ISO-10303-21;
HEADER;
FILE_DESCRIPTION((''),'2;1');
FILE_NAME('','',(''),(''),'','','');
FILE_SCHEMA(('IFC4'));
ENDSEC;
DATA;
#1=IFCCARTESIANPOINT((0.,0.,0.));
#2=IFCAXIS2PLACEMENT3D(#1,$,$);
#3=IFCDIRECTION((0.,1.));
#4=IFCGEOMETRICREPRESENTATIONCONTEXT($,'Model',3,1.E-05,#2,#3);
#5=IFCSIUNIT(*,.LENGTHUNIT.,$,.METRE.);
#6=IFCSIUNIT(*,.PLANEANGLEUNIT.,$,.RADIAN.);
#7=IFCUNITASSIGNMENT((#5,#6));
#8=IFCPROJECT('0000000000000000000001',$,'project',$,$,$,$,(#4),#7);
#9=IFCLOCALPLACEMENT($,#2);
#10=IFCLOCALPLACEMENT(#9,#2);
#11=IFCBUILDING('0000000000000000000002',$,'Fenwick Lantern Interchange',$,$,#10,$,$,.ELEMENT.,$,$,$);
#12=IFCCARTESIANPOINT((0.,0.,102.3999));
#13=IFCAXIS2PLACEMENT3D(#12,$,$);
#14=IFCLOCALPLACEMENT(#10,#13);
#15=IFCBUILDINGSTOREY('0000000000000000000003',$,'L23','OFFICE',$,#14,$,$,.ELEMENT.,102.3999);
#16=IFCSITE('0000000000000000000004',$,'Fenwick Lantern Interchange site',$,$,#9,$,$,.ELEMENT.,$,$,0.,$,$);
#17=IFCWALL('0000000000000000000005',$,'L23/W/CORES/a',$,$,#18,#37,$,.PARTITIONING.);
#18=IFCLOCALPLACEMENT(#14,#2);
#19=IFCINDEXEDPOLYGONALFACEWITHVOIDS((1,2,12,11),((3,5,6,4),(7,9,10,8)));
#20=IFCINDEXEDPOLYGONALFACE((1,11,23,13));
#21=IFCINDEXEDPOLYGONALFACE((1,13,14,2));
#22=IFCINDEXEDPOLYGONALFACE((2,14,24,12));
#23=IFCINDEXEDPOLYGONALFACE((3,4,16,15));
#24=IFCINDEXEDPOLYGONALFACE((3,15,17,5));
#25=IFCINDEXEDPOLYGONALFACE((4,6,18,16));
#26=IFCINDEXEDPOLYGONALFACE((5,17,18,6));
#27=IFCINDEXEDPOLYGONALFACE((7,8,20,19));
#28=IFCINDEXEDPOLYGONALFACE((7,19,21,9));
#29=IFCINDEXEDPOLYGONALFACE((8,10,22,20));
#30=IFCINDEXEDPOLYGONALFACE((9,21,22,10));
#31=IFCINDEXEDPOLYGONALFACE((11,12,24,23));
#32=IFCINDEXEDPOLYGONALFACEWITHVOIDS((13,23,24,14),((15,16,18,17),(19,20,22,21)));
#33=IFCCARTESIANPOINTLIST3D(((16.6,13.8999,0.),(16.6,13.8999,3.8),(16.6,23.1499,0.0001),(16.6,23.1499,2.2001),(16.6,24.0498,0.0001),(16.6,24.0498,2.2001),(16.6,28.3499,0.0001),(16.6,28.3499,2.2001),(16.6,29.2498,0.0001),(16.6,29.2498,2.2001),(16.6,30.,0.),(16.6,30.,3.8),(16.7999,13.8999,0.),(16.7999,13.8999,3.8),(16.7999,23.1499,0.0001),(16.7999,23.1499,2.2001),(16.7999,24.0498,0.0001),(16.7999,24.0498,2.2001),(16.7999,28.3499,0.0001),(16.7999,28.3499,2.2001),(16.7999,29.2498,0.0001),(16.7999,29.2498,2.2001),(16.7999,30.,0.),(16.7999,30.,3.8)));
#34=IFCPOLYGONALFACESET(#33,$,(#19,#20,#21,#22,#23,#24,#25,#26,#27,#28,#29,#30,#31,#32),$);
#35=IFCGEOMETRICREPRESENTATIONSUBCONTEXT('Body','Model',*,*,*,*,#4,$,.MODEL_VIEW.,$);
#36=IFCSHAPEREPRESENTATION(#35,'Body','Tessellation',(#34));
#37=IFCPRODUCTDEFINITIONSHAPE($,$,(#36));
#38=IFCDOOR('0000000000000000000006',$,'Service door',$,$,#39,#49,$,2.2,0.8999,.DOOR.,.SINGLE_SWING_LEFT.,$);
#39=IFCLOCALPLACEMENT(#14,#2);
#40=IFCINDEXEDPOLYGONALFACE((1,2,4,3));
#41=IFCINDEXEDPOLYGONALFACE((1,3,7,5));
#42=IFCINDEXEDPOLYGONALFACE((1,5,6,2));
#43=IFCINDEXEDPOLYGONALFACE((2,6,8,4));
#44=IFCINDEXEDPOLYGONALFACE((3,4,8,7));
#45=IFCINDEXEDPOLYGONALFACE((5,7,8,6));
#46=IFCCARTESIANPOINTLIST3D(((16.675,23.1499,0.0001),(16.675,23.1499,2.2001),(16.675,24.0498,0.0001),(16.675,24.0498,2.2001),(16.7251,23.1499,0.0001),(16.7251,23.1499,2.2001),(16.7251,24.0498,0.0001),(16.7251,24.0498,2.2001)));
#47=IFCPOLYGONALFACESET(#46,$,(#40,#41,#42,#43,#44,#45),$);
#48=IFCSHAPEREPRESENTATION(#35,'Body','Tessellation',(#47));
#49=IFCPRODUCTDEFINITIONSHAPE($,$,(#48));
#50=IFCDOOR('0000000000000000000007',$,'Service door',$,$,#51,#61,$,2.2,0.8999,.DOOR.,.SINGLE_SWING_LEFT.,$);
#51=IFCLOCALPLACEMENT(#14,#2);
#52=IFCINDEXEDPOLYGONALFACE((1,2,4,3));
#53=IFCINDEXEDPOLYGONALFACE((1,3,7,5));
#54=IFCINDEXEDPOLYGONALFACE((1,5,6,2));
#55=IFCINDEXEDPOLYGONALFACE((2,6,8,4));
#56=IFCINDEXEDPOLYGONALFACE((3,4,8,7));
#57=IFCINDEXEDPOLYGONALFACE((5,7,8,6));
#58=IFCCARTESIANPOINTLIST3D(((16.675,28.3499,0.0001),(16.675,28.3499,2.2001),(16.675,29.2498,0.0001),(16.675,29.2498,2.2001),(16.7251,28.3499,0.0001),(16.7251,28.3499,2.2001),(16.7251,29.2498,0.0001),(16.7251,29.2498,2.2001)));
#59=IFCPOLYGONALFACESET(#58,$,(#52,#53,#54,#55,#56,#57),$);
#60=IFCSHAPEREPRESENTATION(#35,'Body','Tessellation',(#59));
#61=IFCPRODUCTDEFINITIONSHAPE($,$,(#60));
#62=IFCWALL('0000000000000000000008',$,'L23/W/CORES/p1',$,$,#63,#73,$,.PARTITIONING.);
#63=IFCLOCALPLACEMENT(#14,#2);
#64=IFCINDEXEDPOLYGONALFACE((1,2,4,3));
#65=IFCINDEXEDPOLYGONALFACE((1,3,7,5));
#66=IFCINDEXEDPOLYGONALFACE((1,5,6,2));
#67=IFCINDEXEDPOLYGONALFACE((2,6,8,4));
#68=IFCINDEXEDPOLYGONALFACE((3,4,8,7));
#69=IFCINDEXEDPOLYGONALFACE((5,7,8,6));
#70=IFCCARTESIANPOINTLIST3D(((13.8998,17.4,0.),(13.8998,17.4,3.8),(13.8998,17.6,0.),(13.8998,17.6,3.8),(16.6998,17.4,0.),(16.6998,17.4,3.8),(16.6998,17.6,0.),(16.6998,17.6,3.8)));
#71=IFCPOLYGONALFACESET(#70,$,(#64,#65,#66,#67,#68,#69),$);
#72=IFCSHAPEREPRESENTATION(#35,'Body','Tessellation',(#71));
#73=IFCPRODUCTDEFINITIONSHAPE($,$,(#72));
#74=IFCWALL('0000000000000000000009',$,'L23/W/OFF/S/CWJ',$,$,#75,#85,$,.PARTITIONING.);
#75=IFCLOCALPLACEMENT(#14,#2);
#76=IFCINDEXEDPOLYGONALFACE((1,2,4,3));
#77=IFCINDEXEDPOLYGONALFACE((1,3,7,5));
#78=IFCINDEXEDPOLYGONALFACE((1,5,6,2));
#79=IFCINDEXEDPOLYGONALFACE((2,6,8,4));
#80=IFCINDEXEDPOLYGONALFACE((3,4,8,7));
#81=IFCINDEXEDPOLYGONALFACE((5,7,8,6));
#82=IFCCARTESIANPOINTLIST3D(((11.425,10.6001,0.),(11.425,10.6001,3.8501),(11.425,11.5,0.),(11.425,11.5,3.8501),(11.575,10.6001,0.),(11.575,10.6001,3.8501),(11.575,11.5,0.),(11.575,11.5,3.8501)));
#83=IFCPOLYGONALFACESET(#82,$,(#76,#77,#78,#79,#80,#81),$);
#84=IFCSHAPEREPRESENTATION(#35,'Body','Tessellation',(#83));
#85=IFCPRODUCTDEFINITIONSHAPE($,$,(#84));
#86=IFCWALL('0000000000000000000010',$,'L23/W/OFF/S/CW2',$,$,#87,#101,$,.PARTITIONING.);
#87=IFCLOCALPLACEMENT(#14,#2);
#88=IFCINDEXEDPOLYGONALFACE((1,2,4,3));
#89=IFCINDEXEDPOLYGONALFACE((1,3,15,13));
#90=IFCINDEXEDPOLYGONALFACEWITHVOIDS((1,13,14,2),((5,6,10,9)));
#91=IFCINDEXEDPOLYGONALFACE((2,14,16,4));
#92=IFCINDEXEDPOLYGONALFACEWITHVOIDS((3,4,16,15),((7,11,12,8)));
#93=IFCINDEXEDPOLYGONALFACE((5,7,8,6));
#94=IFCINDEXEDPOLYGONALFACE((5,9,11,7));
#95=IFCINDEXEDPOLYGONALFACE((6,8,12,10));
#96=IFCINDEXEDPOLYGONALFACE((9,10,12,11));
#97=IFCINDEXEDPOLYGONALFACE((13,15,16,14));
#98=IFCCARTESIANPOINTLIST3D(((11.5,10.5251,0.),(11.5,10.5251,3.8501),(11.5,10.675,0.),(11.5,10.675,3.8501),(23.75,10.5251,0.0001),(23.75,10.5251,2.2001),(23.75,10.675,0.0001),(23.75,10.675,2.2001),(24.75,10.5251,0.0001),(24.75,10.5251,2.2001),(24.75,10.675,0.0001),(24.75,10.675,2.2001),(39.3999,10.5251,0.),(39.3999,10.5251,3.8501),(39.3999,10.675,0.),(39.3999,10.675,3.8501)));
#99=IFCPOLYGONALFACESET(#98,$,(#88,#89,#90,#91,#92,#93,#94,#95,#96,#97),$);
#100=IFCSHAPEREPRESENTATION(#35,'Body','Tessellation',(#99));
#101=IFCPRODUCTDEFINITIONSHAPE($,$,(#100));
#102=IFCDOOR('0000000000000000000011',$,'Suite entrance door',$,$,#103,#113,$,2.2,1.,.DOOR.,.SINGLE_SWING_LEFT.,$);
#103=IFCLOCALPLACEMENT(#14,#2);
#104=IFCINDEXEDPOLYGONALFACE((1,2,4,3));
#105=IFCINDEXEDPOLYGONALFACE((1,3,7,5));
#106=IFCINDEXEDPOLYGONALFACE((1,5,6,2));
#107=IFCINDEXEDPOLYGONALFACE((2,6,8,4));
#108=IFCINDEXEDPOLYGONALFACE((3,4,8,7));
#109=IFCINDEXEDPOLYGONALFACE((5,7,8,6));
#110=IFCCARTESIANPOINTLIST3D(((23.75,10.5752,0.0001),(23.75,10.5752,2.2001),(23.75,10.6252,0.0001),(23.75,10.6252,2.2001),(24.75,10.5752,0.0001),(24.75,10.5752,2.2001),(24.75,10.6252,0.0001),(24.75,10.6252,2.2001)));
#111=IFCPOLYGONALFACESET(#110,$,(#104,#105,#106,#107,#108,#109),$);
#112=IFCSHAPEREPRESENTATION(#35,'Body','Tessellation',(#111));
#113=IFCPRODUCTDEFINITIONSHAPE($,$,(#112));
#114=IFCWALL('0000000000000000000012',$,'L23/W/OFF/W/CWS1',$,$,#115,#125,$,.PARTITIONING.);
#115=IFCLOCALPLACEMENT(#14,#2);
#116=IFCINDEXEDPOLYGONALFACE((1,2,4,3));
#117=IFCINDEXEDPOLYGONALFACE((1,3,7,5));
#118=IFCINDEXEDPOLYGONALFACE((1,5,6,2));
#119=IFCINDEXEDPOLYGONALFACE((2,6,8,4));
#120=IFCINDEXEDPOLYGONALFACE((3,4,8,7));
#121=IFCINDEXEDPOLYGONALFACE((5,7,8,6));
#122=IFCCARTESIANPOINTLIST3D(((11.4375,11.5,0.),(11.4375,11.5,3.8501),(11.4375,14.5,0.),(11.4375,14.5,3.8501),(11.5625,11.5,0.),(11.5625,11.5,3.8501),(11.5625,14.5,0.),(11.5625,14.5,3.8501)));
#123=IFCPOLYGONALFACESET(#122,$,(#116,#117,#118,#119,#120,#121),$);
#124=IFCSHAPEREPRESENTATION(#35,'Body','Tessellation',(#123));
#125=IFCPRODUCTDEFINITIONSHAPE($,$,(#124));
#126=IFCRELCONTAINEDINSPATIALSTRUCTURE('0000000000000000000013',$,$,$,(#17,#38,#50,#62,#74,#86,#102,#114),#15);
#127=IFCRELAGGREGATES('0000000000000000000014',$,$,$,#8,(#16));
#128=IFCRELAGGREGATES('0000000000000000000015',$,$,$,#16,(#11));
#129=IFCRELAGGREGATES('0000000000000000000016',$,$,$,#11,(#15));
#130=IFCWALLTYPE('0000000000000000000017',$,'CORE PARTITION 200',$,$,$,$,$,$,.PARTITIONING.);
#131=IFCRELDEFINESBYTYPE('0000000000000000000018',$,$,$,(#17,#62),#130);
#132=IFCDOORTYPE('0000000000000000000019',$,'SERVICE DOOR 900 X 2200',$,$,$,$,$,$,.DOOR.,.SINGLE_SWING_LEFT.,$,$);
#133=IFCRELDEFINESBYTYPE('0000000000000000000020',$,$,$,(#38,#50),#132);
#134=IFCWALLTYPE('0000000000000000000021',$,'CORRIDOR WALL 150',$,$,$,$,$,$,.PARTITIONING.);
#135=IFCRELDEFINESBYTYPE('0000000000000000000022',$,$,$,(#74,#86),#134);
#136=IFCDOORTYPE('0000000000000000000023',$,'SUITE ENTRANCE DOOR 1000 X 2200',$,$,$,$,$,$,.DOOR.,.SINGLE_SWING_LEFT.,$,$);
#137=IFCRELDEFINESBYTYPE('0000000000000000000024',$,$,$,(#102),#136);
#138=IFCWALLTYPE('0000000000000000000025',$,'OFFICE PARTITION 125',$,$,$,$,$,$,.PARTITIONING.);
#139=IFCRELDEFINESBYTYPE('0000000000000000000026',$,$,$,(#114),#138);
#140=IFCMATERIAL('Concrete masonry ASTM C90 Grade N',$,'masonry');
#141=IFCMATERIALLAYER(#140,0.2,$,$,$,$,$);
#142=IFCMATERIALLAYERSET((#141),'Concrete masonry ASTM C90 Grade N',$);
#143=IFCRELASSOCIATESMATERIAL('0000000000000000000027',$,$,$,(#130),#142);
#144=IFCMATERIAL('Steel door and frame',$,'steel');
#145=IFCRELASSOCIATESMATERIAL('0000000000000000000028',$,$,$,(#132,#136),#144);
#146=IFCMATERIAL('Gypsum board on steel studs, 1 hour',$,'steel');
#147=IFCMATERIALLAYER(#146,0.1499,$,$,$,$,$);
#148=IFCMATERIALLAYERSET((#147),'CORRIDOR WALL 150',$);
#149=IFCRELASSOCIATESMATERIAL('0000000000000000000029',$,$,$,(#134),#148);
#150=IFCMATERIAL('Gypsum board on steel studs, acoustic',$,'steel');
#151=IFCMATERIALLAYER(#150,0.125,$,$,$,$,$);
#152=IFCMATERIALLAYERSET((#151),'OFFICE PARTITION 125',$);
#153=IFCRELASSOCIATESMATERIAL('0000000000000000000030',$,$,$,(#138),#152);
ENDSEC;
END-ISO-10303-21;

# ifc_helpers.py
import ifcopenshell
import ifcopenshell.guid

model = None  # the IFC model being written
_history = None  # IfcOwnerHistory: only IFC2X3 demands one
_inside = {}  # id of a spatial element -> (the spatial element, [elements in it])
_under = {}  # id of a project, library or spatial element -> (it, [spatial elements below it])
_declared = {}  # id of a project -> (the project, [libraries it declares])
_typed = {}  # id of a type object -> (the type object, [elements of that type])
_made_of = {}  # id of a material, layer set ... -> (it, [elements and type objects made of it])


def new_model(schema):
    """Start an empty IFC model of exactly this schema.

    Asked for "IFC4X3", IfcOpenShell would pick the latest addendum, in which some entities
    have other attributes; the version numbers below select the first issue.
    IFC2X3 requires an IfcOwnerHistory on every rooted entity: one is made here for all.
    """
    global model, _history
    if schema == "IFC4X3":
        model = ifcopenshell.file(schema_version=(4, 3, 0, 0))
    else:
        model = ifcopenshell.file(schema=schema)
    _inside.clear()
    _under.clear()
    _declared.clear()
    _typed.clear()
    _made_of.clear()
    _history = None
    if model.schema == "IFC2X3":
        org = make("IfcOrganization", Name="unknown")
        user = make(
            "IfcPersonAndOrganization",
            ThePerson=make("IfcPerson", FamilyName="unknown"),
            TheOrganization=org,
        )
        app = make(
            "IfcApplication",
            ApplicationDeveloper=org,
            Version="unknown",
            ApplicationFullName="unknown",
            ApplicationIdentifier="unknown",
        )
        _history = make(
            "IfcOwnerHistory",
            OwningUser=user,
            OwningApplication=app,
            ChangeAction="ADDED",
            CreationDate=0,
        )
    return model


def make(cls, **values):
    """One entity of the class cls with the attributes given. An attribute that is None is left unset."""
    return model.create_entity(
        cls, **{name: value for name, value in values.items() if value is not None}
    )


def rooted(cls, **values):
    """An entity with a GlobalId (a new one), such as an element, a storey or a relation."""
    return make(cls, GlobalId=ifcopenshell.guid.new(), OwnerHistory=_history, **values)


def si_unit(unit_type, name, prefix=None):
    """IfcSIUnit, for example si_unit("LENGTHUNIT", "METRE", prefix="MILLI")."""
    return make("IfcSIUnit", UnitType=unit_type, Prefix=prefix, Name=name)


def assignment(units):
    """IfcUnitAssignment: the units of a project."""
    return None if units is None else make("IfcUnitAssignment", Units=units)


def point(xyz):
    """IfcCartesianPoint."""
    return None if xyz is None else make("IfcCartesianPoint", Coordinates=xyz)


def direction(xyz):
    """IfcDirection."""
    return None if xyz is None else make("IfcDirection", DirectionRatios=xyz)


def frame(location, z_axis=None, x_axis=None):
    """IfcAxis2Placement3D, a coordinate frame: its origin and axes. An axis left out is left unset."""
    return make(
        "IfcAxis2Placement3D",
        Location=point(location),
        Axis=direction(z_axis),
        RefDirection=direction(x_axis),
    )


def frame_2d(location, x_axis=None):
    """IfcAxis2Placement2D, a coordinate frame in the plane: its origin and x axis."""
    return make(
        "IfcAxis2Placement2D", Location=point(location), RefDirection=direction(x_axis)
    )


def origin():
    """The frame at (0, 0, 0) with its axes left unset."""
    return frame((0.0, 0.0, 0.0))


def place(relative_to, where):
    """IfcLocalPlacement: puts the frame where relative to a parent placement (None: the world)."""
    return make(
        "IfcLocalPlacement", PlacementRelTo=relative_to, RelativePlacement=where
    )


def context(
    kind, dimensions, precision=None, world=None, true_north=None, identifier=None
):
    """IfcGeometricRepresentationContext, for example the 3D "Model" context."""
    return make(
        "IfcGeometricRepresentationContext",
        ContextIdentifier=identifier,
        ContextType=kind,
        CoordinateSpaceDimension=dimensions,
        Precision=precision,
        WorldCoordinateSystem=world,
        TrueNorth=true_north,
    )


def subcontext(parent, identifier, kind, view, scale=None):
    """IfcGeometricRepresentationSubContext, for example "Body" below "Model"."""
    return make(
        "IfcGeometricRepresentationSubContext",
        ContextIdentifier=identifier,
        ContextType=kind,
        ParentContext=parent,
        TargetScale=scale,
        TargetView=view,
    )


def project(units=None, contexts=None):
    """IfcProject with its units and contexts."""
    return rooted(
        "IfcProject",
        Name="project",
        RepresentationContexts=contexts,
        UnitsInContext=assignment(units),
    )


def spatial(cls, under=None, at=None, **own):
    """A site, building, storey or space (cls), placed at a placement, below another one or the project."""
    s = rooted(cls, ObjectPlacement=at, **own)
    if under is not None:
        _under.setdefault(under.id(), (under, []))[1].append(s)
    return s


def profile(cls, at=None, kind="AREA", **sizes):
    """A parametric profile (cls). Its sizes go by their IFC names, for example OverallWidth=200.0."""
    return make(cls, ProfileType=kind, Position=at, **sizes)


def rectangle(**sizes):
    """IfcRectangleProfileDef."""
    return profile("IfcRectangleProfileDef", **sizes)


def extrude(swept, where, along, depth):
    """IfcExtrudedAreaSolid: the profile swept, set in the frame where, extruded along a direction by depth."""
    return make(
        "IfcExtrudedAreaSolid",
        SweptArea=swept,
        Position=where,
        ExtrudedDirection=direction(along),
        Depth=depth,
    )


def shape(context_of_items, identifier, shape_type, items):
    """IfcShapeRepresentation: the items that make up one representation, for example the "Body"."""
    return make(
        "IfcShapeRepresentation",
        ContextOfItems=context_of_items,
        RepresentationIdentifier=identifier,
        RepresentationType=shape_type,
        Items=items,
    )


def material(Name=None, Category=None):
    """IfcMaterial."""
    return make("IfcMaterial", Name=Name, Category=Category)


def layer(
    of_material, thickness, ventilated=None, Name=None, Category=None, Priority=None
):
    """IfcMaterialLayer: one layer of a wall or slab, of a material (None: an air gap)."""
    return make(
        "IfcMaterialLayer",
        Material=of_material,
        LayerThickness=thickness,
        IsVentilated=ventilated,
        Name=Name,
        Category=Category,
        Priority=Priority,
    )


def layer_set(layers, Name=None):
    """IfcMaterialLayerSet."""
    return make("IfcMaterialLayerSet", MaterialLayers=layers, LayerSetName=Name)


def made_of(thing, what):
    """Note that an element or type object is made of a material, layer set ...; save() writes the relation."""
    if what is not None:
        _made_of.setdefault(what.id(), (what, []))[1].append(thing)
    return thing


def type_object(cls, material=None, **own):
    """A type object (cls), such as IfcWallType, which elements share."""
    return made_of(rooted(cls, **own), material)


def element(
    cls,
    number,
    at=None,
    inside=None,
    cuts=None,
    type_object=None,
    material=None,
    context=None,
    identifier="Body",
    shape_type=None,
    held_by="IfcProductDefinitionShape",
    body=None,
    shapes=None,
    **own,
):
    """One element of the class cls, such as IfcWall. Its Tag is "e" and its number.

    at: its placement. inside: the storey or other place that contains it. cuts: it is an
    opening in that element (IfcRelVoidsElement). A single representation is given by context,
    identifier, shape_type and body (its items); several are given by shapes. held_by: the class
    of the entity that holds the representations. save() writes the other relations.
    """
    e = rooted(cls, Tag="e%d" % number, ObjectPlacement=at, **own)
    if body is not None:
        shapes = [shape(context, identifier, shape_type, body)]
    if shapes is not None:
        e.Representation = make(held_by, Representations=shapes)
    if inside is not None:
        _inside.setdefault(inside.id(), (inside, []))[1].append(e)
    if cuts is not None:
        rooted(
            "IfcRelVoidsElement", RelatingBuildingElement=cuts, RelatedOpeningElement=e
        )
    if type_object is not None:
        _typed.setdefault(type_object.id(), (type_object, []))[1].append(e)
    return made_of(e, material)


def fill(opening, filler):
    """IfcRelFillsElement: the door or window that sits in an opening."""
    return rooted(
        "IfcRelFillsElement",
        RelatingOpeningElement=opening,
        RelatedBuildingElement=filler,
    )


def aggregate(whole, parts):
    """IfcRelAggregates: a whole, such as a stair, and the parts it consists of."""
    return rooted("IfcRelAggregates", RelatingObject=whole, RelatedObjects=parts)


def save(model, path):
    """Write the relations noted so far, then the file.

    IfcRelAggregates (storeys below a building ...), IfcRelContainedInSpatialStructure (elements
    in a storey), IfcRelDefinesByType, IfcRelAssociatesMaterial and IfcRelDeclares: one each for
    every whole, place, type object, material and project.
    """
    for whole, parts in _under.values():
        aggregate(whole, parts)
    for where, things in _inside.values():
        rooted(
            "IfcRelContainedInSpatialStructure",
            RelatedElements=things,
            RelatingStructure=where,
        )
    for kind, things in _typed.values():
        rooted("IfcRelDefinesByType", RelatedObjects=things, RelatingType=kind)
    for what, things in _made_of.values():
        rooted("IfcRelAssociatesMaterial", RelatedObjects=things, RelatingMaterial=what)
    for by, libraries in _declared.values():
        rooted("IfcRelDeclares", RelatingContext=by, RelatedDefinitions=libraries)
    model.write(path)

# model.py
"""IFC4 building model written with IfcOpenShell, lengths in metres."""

from ifc_helpers import new_model, si_unit, direction, frame, frame_2d, origin, place, context, subcontext, project, spatial, rectangle, extrude, material, layer, layer_set, type_object, element, fill, save


model = new_model("IFC4")

# Units and contexts
model_context = context("Model", 3, precision=1e-05, world=origin(), true_north=direction((0.0, 1.0)))
body_context = subcontext(model_context, "Body", "Model", "MODEL_VIEW")
ifc_project = project(units=[si_unit("LENGTHUNIT", "METRE"), si_unit("PLANEANGLEUNIT", "RADIAN")], contexts=[model_context])

# Site, building, storey
site_placement = place(None, origin())
site = spatial("IfcSite", under=ifc_project, at=site_placement, Name="Fenwick Lantern Interchange site", CompositionType="ELEMENT", RefElevation=0.0)
building_placement = place(site_placement, origin())
building = spatial("IfcBuilding", under=site, at=building_placement, Name="Fenwick Lantern Interchange", CompositionType="ELEMENT")
storey_placement = place(building_placement, frame((0.0, 0.0, 102.3999)))
storey = spatial("IfcBuildingStorey", under=building, at=storey_placement, Name="L23", Description="OFFICE", CompositionType="ELEMENT", Elevation=102.3999)

# Wall, openings, doors
ifc_material_1 = material(Name="Concrete masonry ASTM C90 Grade N", Category="masonry")
ifc_layer_1 = layer(ifc_material_1, 0.2)
ifc_layer_set_1 = layer_set([ifc_layer_1], Name="Concrete masonry ASTM C90 Grade N")
wall_type_1 = type_object("IfcWallType", Name="CORE PARTITION 200", PredefinedType="PARTITIONING", material=ifc_layer_set_1)
wall_1_placement = place(storey_placement, frame((16.7, 13.8999, 0.0), z_axis=(0.0, 0.0, 1.0), x_axis=(0.0, 1.0, 0.0)))
wall_1 = element("IfcWall", 1, at=wall_1_placement, inside=storey, type_object=wall_type_1, Name="L23/W/CORES/a", PredefinedType="PARTITIONING", context=body_context, shape_type="SweptSolid", body=[
    extrude(rectangle(XDim=16.1001, YDim=0.2, at=frame_2d((8.05, 0.0))), origin(), (0.0, 0.0, 1.0), 3.8),
])
opening_1_placement = place(wall_1_placement, frame((9.25, 0.0, 0.0)))
opening_1 = element("IfcOpeningElement", 2, at=opening_1_placement, cuts=wall_1, PredefinedType="OPENING", context=body_context, shape_type="SweptSolid", body=[
    extrude(rectangle(XDim=0.8999, YDim=2.2, at=frame_2d((0.45, 1.1001))), frame((0.0, 0.1099, 0.0), z_axis=(0.0, -1.0, 0.0), x_axis=(1.0, 0.0, 0.0)), (0.0, 0.0, 1.0), 0.22),
])
opening_2_placement = place(wall_1_placement, frame((14.45, 0.0, 0.0)))
opening_2 = element("IfcOpeningElement", 3, at=opening_2_placement, cuts=wall_1, PredefinedType="OPENING", context=body_context, shape_type="SweptSolid", body=[
    extrude(rectangle(XDim=0.8999, YDim=2.2, at=frame_2d((0.45, 1.1001))), frame((0.0, 0.1099, 0.0), z_axis=(0.0, -1.0, 0.0), x_axis=(1.0, 0.0, 0.0)), (0.0, 0.0, 1.0), 0.22),
])
ifc_material_2 = material(Name="Steel door and frame", Category="steel")
door_type_1 = type_object("IfcDoorType", Name="SERVICE DOOR 900 X 2200", OperationType="SINGLE_SWING_LEFT", PredefinedType="DOOR", material=ifc_material_2)
door_1_placement = place(opening_1_placement, origin())
door_1 = element("IfcDoor", 4, at=door_1_placement, inside=storey, type_object=door_type_1, Name="Service door", OperationType="SINGLE_SWING_LEFT", OverallHeight=2.2, OverallWidth=0.8999, PredefinedType="DOOR", context=body_context, shape_type="SweptSolid", body=[
    extrude(rectangle(XDim=0.8999, YDim=2.2, at=frame_2d((0.45, 1.1001))), frame((0.0, 0.0249, 0.0), z_axis=(0.0, -1.0, 0.0), x_axis=(1.0, 0.0, 0.0)), (0.0, 0.0, 1.0), 0.05),
])
fill(opening_1, door_1)
door_2_placement = place(opening_2_placement, origin())
door_2 = element("IfcDoor", 5, at=door_2_placement, inside=storey, type_object=door_type_1, Name="Service door", OperationType="SINGLE_SWING_LEFT", OverallHeight=2.2, OverallWidth=0.8999, PredefinedType="DOOR", context=body_context, shape_type="SweptSolid", body=[
    extrude(rectangle(XDim=0.8999, YDim=2.2, at=frame_2d((0.45, 1.1001))), frame((0.0, 0.0249, 0.0), z_axis=(0.0, -1.0, 0.0), x_axis=(1.0, 0.0, 0.0)), (0.0, 0.0, 1.0), 0.05),
])
fill(opening_2, door_2)

# Wall
wall_2_placement = place(storey_placement, frame((13.8999, 17.5, 0.0), z_axis=(0.0, 0.0, 1.0), x_axis=(1.0, 0.0, 0.0)))
element("IfcWall", 6, at=wall_2_placement, inside=storey, type_object=wall_type_1, Name="L23/W/CORES/p1", PredefinedType="PARTITIONING", context=body_context, shape_type="SweptSolid", body=[
    extrude(rectangle(XDim=2.8, YDim=0.2, at=frame_2d((1.3999, 0.0))), origin(), (0.0, 0.0, 1.0), 3.8),
])

# Wall
ifc_material_3 = material(Name="Gypsum board on steel studs, 1 hour", Category="steel")
ifc_layer_2 = layer(ifc_material_3, 0.1499)
ifc_layer_set_2 = layer_set([ifc_layer_2], Name="CORRIDOR WALL 150")
wall_type_2 = type_object("IfcWallType", Name="CORRIDOR WALL 150", PredefinedType="PARTITIONING", material=ifc_layer_set_2)
wall_3_placement = place(storey_placement, frame((11.5, 11.5, 0.0), z_axis=(0.0, 0.0, 1.0), x_axis=(0.0, -1.0, 0.0)))
element("IfcWall", 7, at=wall_3_placement, inside=storey, type_object=wall_type_2, Name="L23/W/OFF/S/CWJ", PredefinedType="PARTITIONING", context=body_context, shape_type="SweptSolid", body=[
    extrude(rectangle(XDim=0.8999, YDim=0.1499, at=frame_2d((0.45, 0.0))), origin(), (0.0, 0.0, 1.0), 3.8501),
])

# Wall, opening, door
wall_4_placement = place(storey_placement, frame((11.5, 10.6001, 0.0), z_axis=(0.0, 0.0, 1.0), x_axis=(1.0, 0.0, 0.0)))
wall_4 = element("IfcWall", 8, at=wall_4_placement, inside=storey, type_object=wall_type_2, Name="L23/W/OFF/S/CW2", PredefinedType="PARTITIONING", context=body_context, shape_type="SweptSolid", body=[
    extrude(rectangle(XDim=27.8999, YDim=0.1499, at=frame_2d((13.95, 0.0))), origin(), (0.0, 0.0, 1.0), 3.8501),
])
opening_3_placement = place(wall_4_placement, frame((12.25, 0.0, 0.0)))
opening_3 = element("IfcOpeningElement", 9, at=opening_3_placement, cuts=wall_4, PredefinedType="OPENING", context=body_context, shape_type="SweptSolid", body=[
    extrude(rectangle(XDim=1.0, YDim=2.2, at=frame_2d((0.5, 1.1001))), frame((0.0, 0.085, 0.0), z_axis=(0.0, -1.0, 0.0), x_axis=(1.0, 0.0, 0.0)), (0.0, 0.0, 1.0), 0.1699),
])
door_type_2 = type_object("IfcDoorType", Name="SUITE ENTRANCE DOOR 1000 X 2200", OperationType="SINGLE_SWING_LEFT", PredefinedType="DOOR", material=ifc_material_2)
door_3_placement = place(opening_3_placement, frame((1.0, 0.0, 0.0), z_axis=(0.0, 0.0, 1.0), x_axis=(-1.0, 0.0, 0.0)))
door_3 = element("IfcDoor", 10, at=door_3_placement, inside=storey, type_object=door_type_2, Name="Suite entrance door", OperationType="SINGLE_SWING_LEFT", OverallHeight=2.2, OverallWidth=1.0, PredefinedType="DOOR", context=body_context, shape_type="SweptSolid", body=[
    extrude(rectangle(XDim=1.0, YDim=2.2, at=frame_2d((0.5, 1.1001))), frame((0.0, 0.0249, 0.0), z_axis=(0.0, -1.0, 0.0), x_axis=(1.0, 0.0, 0.0)), (0.0, 0.0, 1.0), 0.05),
])
fill(opening_3, door_3)

# Wall
ifc_material_4 = material(Name="Gypsum board on steel studs, acoustic", Category="steel")
ifc_layer_3 = layer(ifc_material_4, 0.125)
ifc_layer_set_3 = layer_set([ifc_layer_3], Name="OFFICE PARTITION 125")
wall_type_3 = type_object("IfcWallType", Name="OFFICE PARTITION 125", PredefinedType="PARTITIONING", material=ifc_layer_set_3)
wall_5_placement = place(storey_placement, frame((11.5, 14.5, 0.0), z_axis=(0.0, 0.0, 1.0), x_axis=(0.0, -1.0, 0.0)))
element("IfcWall", 11, at=wall_5_placement, inside=storey, type_object=wall_type_3, Name="L23/W/OFF/W/CWS1", PredefinedType="PARTITIONING", context=body_context, shape_type="SweptSolid", body=[
    extrude(rectangle(XDim=3.0, YDim=0.125, at=frame_2d((1.5, 0.0))), origin(), (0.0, 0.0, 1.0), 3.8501),
])

save(model, "model.ifc")
